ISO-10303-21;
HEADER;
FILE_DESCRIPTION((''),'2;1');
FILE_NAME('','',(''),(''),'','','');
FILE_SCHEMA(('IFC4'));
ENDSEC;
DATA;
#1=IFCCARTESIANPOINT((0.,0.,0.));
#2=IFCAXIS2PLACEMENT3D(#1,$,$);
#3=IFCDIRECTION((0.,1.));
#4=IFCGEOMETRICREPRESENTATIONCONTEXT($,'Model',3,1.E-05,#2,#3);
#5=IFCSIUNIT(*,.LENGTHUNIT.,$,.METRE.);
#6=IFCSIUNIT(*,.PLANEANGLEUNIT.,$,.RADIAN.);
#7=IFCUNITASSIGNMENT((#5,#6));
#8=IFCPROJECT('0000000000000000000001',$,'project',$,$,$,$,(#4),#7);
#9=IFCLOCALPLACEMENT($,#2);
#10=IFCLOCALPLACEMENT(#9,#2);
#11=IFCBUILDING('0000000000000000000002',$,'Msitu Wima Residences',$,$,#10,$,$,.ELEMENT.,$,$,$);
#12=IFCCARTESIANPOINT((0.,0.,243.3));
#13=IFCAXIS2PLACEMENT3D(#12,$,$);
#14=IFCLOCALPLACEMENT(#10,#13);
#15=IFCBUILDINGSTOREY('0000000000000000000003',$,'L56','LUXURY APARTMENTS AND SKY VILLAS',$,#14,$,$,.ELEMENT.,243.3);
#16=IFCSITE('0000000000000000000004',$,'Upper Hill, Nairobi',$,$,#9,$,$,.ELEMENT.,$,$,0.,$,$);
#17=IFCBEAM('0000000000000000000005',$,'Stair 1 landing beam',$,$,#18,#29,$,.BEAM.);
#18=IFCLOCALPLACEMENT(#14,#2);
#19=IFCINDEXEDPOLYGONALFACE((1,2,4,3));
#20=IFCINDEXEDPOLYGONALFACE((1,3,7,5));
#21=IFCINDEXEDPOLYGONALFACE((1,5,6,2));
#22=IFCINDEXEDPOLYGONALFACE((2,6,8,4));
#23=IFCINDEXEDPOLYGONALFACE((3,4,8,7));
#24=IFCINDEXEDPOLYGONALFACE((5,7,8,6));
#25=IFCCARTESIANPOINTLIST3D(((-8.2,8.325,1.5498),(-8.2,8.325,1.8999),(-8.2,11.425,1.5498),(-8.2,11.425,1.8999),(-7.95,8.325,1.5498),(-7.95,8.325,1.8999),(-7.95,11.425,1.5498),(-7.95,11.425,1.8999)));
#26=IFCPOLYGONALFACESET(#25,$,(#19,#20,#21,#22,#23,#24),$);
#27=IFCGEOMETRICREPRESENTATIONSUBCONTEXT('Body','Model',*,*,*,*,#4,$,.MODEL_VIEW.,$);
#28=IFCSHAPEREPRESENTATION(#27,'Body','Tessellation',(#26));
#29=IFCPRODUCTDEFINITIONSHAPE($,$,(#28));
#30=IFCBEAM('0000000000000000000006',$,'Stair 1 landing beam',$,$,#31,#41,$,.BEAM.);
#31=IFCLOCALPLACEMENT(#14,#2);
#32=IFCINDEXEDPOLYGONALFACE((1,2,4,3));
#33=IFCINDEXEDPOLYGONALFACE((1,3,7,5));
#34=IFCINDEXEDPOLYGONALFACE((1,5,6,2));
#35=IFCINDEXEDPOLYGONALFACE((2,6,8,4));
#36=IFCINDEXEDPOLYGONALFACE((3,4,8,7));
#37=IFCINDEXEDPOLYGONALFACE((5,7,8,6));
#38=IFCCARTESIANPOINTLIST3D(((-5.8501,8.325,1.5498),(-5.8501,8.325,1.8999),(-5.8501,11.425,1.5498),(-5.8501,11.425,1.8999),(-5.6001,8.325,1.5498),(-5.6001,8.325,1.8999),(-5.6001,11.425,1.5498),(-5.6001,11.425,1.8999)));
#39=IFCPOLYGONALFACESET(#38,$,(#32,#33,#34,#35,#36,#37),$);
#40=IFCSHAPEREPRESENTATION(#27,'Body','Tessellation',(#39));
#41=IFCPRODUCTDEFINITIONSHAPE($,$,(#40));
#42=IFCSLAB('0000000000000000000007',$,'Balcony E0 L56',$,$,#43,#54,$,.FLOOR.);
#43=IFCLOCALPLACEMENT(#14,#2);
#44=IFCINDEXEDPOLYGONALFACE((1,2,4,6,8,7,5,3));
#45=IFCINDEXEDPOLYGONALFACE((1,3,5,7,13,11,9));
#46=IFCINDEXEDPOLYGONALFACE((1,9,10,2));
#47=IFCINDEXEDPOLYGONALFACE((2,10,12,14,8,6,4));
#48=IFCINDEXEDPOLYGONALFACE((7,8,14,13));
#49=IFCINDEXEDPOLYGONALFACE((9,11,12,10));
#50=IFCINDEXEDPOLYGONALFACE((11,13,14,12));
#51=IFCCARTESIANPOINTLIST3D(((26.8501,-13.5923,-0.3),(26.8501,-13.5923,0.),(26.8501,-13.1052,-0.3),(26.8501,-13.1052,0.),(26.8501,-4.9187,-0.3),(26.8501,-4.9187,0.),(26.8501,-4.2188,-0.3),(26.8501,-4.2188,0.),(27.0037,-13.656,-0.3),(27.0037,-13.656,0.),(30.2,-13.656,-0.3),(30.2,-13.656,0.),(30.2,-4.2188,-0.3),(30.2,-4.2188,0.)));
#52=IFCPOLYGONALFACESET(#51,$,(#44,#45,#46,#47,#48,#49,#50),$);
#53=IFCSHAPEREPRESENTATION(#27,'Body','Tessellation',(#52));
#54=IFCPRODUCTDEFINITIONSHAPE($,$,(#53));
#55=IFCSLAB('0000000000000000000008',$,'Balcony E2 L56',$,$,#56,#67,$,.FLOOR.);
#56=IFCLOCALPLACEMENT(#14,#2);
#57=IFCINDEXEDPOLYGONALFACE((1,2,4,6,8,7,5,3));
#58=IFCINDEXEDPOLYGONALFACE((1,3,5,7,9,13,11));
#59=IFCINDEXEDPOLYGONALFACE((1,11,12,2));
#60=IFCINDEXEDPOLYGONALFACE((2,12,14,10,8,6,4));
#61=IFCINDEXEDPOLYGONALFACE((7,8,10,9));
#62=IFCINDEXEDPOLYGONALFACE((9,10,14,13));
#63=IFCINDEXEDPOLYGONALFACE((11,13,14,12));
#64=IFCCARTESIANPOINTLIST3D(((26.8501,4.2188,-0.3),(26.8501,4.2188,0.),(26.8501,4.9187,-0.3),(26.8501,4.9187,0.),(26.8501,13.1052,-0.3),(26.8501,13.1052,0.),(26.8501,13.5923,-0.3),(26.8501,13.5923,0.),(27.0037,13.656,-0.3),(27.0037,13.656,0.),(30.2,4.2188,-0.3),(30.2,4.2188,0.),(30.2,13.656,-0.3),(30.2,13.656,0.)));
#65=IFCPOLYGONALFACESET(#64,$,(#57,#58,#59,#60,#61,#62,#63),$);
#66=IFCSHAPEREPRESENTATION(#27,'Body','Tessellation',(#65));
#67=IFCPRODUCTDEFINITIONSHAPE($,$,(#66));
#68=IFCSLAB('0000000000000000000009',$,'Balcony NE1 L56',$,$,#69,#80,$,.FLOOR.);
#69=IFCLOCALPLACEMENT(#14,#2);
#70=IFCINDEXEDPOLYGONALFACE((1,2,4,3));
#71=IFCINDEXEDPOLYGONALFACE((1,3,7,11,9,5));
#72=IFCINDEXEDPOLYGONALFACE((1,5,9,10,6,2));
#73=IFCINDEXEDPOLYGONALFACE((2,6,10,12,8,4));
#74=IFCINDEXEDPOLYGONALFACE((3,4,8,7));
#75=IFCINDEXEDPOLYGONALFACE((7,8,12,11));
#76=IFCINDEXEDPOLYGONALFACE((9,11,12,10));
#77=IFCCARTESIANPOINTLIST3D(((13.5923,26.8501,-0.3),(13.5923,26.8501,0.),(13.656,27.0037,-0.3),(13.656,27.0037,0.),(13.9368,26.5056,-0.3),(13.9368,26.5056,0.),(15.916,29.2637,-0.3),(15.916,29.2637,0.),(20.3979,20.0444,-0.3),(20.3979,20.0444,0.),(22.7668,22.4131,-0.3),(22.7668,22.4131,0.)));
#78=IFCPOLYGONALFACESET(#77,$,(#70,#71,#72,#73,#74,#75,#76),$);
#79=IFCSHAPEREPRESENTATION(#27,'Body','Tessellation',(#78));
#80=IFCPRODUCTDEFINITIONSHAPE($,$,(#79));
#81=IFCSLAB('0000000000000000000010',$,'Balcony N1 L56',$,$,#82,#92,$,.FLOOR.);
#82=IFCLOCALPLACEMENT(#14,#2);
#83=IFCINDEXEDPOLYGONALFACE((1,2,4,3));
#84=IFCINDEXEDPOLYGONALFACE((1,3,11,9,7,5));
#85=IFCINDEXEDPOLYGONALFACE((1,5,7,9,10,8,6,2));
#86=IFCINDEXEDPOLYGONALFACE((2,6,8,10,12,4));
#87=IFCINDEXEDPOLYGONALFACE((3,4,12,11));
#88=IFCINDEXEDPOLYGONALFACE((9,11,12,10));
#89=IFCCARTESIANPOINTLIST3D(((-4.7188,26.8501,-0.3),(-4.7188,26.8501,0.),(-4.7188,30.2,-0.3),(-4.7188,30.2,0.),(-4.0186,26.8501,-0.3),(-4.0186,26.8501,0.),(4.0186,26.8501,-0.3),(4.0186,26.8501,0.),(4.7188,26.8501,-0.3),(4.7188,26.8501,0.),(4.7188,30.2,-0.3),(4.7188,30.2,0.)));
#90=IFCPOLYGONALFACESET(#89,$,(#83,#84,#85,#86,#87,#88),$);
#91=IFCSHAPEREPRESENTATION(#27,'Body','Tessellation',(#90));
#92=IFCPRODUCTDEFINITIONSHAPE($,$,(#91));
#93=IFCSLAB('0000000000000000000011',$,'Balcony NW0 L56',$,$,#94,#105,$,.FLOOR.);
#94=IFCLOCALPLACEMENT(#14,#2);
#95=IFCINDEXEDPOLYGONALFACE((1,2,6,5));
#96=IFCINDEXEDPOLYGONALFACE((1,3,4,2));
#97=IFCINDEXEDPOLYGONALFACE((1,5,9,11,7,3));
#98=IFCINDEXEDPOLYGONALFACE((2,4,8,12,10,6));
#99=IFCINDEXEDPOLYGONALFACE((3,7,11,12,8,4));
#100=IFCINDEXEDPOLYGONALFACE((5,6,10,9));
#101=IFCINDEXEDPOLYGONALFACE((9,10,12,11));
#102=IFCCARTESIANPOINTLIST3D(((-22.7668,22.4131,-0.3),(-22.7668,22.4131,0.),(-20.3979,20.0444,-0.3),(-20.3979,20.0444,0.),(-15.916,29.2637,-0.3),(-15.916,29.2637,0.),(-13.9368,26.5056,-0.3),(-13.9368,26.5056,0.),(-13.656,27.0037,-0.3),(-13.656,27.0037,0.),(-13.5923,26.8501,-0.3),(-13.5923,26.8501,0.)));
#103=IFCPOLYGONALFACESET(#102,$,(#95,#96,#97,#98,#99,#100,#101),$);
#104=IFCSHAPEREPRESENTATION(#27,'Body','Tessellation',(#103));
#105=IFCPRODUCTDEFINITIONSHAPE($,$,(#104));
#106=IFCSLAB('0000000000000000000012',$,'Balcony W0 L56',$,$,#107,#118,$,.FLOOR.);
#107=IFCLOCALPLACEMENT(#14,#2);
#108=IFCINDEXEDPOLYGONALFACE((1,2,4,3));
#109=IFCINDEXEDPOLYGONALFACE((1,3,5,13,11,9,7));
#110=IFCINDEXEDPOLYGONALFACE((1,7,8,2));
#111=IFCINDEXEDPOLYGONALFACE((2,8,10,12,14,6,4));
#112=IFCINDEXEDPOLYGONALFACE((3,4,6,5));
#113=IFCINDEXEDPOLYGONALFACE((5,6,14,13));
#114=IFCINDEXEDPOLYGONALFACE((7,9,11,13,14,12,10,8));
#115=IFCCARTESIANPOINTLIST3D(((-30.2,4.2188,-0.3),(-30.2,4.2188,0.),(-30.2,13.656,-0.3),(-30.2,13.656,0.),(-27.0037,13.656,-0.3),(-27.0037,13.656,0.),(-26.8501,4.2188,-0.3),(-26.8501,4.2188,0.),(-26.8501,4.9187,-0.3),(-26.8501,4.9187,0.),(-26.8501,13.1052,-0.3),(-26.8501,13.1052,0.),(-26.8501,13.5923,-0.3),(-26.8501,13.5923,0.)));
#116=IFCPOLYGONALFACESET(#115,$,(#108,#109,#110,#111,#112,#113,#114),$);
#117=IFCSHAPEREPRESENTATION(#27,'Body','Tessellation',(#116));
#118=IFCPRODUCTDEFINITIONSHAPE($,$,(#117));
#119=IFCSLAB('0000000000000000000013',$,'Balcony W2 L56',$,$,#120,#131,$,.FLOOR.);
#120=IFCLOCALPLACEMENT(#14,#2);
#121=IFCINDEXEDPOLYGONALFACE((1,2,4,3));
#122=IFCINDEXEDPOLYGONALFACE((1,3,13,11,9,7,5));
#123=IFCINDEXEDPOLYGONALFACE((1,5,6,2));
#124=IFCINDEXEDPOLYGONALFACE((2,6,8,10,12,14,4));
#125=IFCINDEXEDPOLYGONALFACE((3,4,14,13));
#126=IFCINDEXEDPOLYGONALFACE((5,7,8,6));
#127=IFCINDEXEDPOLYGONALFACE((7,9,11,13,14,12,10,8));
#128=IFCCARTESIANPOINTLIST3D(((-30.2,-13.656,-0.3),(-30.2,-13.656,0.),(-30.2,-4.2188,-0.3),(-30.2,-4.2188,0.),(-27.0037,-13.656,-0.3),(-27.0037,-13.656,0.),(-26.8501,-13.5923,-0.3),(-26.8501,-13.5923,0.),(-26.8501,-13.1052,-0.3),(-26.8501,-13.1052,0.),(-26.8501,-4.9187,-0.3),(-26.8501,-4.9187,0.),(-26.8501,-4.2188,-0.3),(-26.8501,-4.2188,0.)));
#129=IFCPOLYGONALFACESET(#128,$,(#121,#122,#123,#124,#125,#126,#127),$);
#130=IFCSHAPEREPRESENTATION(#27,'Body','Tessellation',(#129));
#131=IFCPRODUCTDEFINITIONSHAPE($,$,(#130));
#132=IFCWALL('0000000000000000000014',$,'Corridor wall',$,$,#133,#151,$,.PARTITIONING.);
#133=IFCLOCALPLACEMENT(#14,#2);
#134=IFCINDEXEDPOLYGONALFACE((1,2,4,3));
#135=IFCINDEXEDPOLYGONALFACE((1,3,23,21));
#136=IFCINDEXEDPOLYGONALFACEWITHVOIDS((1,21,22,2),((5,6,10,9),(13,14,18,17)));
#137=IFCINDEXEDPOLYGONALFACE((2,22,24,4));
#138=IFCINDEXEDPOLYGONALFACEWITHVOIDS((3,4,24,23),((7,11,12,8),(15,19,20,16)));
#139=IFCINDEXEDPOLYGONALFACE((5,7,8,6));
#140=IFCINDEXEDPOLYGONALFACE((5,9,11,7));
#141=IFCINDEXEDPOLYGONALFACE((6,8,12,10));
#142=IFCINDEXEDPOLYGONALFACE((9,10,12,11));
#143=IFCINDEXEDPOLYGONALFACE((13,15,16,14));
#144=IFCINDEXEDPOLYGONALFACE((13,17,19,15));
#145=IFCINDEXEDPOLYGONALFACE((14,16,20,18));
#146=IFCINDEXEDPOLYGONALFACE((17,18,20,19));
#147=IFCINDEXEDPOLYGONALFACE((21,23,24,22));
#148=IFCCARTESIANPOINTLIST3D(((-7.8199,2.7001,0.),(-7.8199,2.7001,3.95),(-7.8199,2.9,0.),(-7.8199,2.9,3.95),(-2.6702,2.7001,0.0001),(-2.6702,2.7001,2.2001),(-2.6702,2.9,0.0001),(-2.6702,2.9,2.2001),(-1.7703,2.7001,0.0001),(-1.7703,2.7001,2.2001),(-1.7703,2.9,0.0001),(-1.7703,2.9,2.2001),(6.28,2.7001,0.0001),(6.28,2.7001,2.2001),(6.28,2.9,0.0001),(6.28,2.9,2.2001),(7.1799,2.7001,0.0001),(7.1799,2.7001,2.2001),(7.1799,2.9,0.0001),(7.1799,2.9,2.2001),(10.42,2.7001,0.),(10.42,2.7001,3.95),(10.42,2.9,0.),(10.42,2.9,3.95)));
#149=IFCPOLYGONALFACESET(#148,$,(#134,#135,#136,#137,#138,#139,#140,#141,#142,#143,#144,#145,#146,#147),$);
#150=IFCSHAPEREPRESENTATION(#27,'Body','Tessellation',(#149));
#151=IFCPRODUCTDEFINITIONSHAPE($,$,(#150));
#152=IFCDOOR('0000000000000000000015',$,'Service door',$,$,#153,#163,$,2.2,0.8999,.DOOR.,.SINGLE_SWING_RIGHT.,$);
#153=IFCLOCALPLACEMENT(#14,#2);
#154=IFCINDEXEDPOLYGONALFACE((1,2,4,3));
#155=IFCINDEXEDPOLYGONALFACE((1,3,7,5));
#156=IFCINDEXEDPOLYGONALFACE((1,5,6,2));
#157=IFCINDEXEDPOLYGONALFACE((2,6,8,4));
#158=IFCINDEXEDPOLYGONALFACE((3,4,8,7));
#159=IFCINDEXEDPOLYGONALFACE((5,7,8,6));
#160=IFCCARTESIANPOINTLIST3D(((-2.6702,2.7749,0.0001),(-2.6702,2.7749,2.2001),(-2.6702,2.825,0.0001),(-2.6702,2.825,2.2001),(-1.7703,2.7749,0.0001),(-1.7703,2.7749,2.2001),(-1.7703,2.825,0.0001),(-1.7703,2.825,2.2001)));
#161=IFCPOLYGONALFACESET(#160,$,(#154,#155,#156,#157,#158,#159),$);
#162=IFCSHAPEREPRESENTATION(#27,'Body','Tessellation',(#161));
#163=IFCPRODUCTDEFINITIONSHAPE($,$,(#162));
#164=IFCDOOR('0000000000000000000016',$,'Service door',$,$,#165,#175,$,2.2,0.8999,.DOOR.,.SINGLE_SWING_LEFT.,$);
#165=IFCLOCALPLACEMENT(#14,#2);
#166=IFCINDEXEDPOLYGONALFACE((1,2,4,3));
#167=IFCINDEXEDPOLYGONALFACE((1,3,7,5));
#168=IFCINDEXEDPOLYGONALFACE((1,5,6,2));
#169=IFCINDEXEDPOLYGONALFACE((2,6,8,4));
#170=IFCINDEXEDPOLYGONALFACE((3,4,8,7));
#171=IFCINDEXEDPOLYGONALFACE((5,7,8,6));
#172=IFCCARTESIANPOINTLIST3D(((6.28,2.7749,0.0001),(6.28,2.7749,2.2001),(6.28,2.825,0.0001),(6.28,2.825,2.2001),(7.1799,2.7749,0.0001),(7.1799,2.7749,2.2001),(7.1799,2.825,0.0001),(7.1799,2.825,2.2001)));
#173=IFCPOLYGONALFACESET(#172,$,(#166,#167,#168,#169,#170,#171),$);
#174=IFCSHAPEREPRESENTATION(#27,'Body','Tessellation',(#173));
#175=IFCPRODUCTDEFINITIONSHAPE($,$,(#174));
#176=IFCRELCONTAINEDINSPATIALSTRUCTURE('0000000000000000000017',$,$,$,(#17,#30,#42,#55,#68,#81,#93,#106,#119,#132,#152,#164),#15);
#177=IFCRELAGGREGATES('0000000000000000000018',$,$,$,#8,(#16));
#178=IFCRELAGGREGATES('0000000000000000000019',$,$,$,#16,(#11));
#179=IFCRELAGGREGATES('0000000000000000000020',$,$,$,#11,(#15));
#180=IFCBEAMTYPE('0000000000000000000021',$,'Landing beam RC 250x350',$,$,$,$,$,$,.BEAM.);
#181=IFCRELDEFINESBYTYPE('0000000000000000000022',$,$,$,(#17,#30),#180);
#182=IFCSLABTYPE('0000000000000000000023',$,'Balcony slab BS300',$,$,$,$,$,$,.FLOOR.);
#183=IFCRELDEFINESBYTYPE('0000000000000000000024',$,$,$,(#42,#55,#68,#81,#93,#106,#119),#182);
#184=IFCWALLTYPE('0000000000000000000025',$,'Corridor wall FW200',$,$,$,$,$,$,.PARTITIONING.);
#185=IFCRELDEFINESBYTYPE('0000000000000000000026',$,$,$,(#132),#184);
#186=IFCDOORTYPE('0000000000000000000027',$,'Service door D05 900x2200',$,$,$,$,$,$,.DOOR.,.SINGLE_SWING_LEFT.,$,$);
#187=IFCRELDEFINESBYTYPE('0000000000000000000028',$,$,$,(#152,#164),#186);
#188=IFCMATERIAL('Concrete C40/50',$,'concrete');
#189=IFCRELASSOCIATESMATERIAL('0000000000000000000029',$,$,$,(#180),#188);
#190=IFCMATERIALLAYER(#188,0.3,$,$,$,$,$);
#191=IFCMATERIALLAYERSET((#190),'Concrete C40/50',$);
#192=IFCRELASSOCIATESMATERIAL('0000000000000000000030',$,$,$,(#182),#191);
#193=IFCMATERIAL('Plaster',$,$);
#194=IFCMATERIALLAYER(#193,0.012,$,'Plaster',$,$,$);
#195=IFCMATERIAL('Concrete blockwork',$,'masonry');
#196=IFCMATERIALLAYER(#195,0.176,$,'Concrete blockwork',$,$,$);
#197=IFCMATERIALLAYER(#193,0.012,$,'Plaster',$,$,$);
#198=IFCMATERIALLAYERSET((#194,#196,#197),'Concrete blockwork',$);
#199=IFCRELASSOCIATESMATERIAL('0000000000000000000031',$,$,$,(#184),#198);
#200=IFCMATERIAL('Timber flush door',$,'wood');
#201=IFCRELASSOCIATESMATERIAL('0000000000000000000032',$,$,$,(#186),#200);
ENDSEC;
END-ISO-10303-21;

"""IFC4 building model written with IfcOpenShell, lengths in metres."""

from ifc_helpers import new_model, si_unit, direction, frame, frame_2d, origin, origin_2d, place, context, subcontext, project, spatial, polyline, rectangle, outline, extrude, material, layer, layer_set, material_profile, profile_set, type_object, element, fill, save


model = new_model("IFC4")

# Units and contexts
model_context = context("Model", 3, precision=1e-05, world=origin(), true_north=direction((0.0, 1.0)))
body_context = subcontext(model_context, "Body", "Model", "MODEL_VIEW")
ifc_project = project(units=[si_unit("LENGTHUNIT", "METRE"), si_unit("PLANEANGLEUNIT", "RADIAN")], contexts=[model_context])

# Site, building, storey
site_placement = place(None, origin())
site = spatial("IfcSite", under=ifc_project, at=site_placement, Name="Upper Hill, Nairobi", CompositionType="ELEMENT", RefElevation=0.0)
building_placement = place(site_placement, origin())
building = spatial("IfcBuilding", under=site, at=building_placement, Name="Msitu Wima Residences", CompositionType="ELEMENT")
storey_placement = place(building_placement, frame((0.0, 0.0, 243.3)))
storey = spatial("IfcBuildingStorey", under=building, at=storey_placement, Name="L56", Description="LUXURY APARTMENTS AND SKY VILLAS", CompositionType="ELEMENT", Elevation=243.3)

# Beams
ifc_material_1 = material(Name="Concrete C40/50", Category="concrete")
ifc_material_profile = material_profile(ifc_material_1, rectangle(XDim=0.25, YDim=0.3501, at=origin_2d()), Name="RC 250x350")
ifc_profile_set = profile_set([ifc_material_profile], Name="Concrete C40/50")
beam_type = type_object("IfcBeamType", Name="Landing beam RC 250x350", PredefinedType="BEAM", material=ifc_profile_set)
for number, where, z_axis, x_axis, name in (
    (1, (-8.075, 8.325, 1.7249), (0.0, 1.0, 0.0), (-1.0, 0.0, 0.0), "Stair 1 landing beam"),
    (2, (-5.7251, 8.325, 1.7249), (0.0, 1.0, 0.0), (-1.0, 0.0, 0.0), "Stair 1 landing beam"),
):
    element("IfcBeam", number, at=place(storey_placement, frame(where, z_axis=z_axis, x_axis=x_axis)), inside=storey, type_object=beam_type, Name=name, PredefinedType="BEAM", context=body_context, shape_type="SweptSolid", body=[
        extrude(rectangle(XDim=0.25, YDim=0.3501, at=origin_2d()), origin(), (0.0, 0.0, 1.0), 3.1001),
    ])

# Slabs
ifc_layer_1 = layer(ifc_material_1, 0.3)
ifc_layer_set_1 = layer_set([ifc_layer_1], Name="Concrete C40/50")
slab_type = type_object("IfcSlabType", Name="Balcony slab BS300", PredefinedType="FLOOR", material=ifc_layer_set_1)
slab_1_placement = place(storey_placement, frame((0.0, 0.0, -0.3)))
element("IfcSlab", 3, at=slab_1_placement, inside=storey, type_object=slab_type, Name="Balcony E0 L56", PredefinedType="FLOOR", context=body_context, shape_type="SweptSolid", body=[
    extrude(outline(polyline([(26.8501, -13.1052), (26.8501, -13.1052), (26.8501, -4.9187), (26.8501, -4.2188), (30.2, -4.2188), (30.2, -13.656), (27.0037, -13.656), (26.8501, -13.5923), (26.8501, -13.1052), (26.8501, -13.1052)])), origin(), (0.0, 0.0, 1.0), 0.3),
])
slab_2_placement = place(storey_placement, frame((0.0, 0.0, -0.3)))
element("IfcSlab", 4, at=slab_2_placement, inside=storey, type_object=slab_type, Name="Balcony E2 L56", PredefinedType="FLOOR", context=body_context, shape_type="SweptSolid", body=[
    extrude(outline(polyline([(26.8501, 13.1052), (26.8501, 13.1052), (26.8501, 13.1052), (26.8501, 13.5923), (27.0037, 13.656), (30.2, 13.656), (30.2, 4.2188), (26.8501, 4.2188), (26.8501, 4.9187), (26.8501, 13.1052)])), origin(), (0.0, 0.0, 1.0), 0.3),
])
slab_3_placement = place(storey_placement, frame((0.0, 0.0, -0.3)))
element("IfcSlab", 5, at=slab_3_placement, inside=storey, type_object=slab_type, Name="Balcony NE1 L56", PredefinedType="FLOOR", context=body_context, shape_type="SweptSolid", body=[
    extrude(outline(polyline([(13.9368, 26.5056), (13.9368, 26.5056), (13.5923, 26.8501), (13.656, 27.0037), (15.916, 29.2637), (22.7668, 22.4131), (20.3979, 20.0444), (13.9368, 26.5056), (13.9368, 26.5056)])), origin(), (0.0, 0.0, 1.0), 0.3),
])
slab_4_placement = place(storey_placement, frame((0.0, 0.0, -0.3)))
element("IfcSlab", 6, at=slab_4_placement, inside=storey, type_object=slab_type, Name="Balcony N1 L56", PredefinedType="FLOOR", context=body_context, shape_type="SweptSolid", body=[
    extrude(outline(polyline([(4.0186, 26.8501), (-4.0186, 26.8501), (-4.7188, 26.8501), (-4.7188, 30.2), (4.7188, 30.2), (4.7188, 26.8501), (4.0186, 26.8501)])), origin(), (0.0, 0.0, 1.0), 0.3),
])
slab_5_placement = place(storey_placement, frame((0.0, 0.0, -0.3)))
element("IfcSlab", 7, at=slab_5_placement, inside=storey, type_object=slab_type, Name="Balcony NW0 L56", PredefinedType="FLOOR", context=body_context, shape_type="SweptSolid", body=[
    extrude(outline(polyline([(-13.9368, 26.5056), (-13.9368, 26.5056), (-20.3979, 20.0444), (-22.7668, 22.4131), (-15.916, 29.2637), (-13.656, 27.0037), (-13.5923, 26.8501), (-13.9368, 26.5056), (-13.9368, 26.5056)])), origin(), (0.0, 0.0, 1.0), 0.3),
])
slab_6_placement = place(storey_placement, frame((0.0, 0.0, -0.3)))
element("IfcSlab", 8, at=slab_6_placement, inside=storey, type_object=slab_type, Name="Balcony W0 L56", PredefinedType="FLOOR", context=body_context, shape_type="SweptSolid", body=[
    extrude(outline(polyline([(-26.8501, 13.1052), (-26.8501, 13.1052), (-26.8501, 4.9187), (-26.8501, 4.2188), (-30.2, 4.2188), (-30.2, 13.656), (-27.0037, 13.656), (-26.8501, 13.5923), (-26.8501, 13.1052), (-26.8501, 13.1052)])), origin(), (0.0, 0.0, 1.0), 0.3),
])
slab_7_placement = place(storey_placement, frame((0.0, 0.0, -0.3)))
element("IfcSlab", 9, at=slab_7_placement, inside=storey, type_object=slab_type, Name="Balcony W2 L56", PredefinedType="FLOOR", context=body_context, shape_type="SweptSolid", body=[
    extrude(outline(polyline([(-26.8501, -13.1052), (-26.8501, -13.1052), (-26.8501, -13.1052), (-26.8501, -13.5923), (-27.0037, -13.656), (-30.2, -13.656), (-30.2, -4.2188), (-26.8501, -4.2188), (-26.8501, -4.9187), (-26.8501, -13.1052)])), origin(), (0.0, 0.0, 1.0), 0.3),
])

# Wall, openings, doors
ifc_material_2 = material(Name="Plaster")
ifc_layer_2 = layer(ifc_material_2, 0.012, Name="Plaster")
ifc_material_3 = material(Name="Concrete blockwork", Category="masonry")
ifc_layer_3 = layer(ifc_material_3, 0.176, Name="Concrete blockwork")
ifc_layer_4 = layer(ifc_material_2, 0.012, Name="Plaster")
ifc_layer_set_2 = layer_set([ifc_layer_2, ifc_layer_3, ifc_layer_4], Name="Concrete blockwork")
wall_type_1 = type_object("IfcWallType", Name="Corridor wall FW200", PredefinedType="PARTITIONING", material=ifc_layer_set_2)
wall_1_placement = place(storey_placement, frame((-7.8201, 2.8, 0.0), z_axis=(0.0, 0.0, 1.0), x_axis=(1.0, 0.0, 0.0)))
wall_1 = element("IfcWall", 10, at=wall_1_placement, inside=storey, type_object=wall_type_1, Name="Corridor wall", PredefinedType="PARTITIONING", context=body_context, shape_type="SweptSolid", body=[
    extrude(rectangle(XDim=18.24, YDim=0.2, at=frame_2d((9.1201, 0.0))), origin(), (0.0, 0.0, 1.0), 3.95),
])
opening_1_placement = place(wall_1_placement, frame((5.1499, 0.0, 0.0)))
opening_1 = element("IfcOpeningElement", 11, at=opening_1_placement, cuts=wall_1, PredefinedType="OPENING", context=body_context, shape_type="SweptSolid", body=[
    extrude(rectangle(XDim=0.8999, YDim=2.2, at=frame_2d((0.45, 1.1001))), frame((0.0, 0.1099, 0.0), z_axis=(0.0, -1.0, 0.0), x_axis=(1.0, 0.0, 0.0)), (0.0, 0.0, 1.0), 0.22),
])
opening_2_placement = place(wall_1_placement, frame((14.1001, 0.0, 0.0)))
opening_2 = element("IfcOpeningElement", 12, at=opening_2_placement, cuts=wall_1, PredefinedType="OPENING", context=body_context, shape_type="SweptSolid", body=[
    extrude(rectangle(XDim=0.8999, YDim=2.2, at=frame_2d((0.45, 1.1001))), frame((0.0, 0.1099, 0.0), z_axis=(0.0, -1.0, 0.0), x_axis=(1.0, 0.0, 0.0)), (0.0, 0.0, 1.0), 0.22),
])
ifc_material_4 = material(Name="Timber flush door", Category="wood")
door_type_1 = type_object("IfcDoorType", Name="Service door D05 900x2200", OperationType="SINGLE_SWING_LEFT", PredefinedType="DOOR", material=ifc_material_4)
door_1_placement = place(opening_1_placement, origin())
door_1 = element("IfcDoor", 13, at=door_1_placement, inside=storey, type_object=door_type_1, Name="Service door", OperationType="SINGLE_SWING_RIGHT", OverallHeight=2.2, OverallWidth=0.8999, PredefinedType="DOOR", context=body_context, shape_type="SweptSolid", body=[
    extrude(rectangle(XDim=0.8999, YDim=2.2, at=frame_2d((0.45, 1.1001))), frame((0.0, 0.0249, 0.0), z_axis=(0.0, -1.0, 0.0), x_axis=(1.0, 0.0, 0.0)), (0.0, 0.0, 1.0), 0.05),
])
fill(opening_1, door_1)
door_2_placement = place(opening_2_placement, origin())
door_2 = element("IfcDoor", 14, at=door_2_placement, inside=storey, type_object=door_type_1, Name="Service door", OperationType="SINGLE_SWING_LEFT", OverallHeight=2.2, OverallWidth=0.8999, PredefinedType="DOOR", context=body_context, shape_type="SweptSolid", body=[
    extrude(rectangle(XDim=0.8999, YDim=2.2, at=frame_2d((0.45, 1.1001))), frame((0.0, 0.0249, 0.0), z_axis=(0.0, -1.0, 0.0), x_axis=(1.0, 0.0, 0.0)), (0.0, 0.0, 1.0), 0.05),
])
fill(opening_2, door_2)

save(model, "model.ifc")
